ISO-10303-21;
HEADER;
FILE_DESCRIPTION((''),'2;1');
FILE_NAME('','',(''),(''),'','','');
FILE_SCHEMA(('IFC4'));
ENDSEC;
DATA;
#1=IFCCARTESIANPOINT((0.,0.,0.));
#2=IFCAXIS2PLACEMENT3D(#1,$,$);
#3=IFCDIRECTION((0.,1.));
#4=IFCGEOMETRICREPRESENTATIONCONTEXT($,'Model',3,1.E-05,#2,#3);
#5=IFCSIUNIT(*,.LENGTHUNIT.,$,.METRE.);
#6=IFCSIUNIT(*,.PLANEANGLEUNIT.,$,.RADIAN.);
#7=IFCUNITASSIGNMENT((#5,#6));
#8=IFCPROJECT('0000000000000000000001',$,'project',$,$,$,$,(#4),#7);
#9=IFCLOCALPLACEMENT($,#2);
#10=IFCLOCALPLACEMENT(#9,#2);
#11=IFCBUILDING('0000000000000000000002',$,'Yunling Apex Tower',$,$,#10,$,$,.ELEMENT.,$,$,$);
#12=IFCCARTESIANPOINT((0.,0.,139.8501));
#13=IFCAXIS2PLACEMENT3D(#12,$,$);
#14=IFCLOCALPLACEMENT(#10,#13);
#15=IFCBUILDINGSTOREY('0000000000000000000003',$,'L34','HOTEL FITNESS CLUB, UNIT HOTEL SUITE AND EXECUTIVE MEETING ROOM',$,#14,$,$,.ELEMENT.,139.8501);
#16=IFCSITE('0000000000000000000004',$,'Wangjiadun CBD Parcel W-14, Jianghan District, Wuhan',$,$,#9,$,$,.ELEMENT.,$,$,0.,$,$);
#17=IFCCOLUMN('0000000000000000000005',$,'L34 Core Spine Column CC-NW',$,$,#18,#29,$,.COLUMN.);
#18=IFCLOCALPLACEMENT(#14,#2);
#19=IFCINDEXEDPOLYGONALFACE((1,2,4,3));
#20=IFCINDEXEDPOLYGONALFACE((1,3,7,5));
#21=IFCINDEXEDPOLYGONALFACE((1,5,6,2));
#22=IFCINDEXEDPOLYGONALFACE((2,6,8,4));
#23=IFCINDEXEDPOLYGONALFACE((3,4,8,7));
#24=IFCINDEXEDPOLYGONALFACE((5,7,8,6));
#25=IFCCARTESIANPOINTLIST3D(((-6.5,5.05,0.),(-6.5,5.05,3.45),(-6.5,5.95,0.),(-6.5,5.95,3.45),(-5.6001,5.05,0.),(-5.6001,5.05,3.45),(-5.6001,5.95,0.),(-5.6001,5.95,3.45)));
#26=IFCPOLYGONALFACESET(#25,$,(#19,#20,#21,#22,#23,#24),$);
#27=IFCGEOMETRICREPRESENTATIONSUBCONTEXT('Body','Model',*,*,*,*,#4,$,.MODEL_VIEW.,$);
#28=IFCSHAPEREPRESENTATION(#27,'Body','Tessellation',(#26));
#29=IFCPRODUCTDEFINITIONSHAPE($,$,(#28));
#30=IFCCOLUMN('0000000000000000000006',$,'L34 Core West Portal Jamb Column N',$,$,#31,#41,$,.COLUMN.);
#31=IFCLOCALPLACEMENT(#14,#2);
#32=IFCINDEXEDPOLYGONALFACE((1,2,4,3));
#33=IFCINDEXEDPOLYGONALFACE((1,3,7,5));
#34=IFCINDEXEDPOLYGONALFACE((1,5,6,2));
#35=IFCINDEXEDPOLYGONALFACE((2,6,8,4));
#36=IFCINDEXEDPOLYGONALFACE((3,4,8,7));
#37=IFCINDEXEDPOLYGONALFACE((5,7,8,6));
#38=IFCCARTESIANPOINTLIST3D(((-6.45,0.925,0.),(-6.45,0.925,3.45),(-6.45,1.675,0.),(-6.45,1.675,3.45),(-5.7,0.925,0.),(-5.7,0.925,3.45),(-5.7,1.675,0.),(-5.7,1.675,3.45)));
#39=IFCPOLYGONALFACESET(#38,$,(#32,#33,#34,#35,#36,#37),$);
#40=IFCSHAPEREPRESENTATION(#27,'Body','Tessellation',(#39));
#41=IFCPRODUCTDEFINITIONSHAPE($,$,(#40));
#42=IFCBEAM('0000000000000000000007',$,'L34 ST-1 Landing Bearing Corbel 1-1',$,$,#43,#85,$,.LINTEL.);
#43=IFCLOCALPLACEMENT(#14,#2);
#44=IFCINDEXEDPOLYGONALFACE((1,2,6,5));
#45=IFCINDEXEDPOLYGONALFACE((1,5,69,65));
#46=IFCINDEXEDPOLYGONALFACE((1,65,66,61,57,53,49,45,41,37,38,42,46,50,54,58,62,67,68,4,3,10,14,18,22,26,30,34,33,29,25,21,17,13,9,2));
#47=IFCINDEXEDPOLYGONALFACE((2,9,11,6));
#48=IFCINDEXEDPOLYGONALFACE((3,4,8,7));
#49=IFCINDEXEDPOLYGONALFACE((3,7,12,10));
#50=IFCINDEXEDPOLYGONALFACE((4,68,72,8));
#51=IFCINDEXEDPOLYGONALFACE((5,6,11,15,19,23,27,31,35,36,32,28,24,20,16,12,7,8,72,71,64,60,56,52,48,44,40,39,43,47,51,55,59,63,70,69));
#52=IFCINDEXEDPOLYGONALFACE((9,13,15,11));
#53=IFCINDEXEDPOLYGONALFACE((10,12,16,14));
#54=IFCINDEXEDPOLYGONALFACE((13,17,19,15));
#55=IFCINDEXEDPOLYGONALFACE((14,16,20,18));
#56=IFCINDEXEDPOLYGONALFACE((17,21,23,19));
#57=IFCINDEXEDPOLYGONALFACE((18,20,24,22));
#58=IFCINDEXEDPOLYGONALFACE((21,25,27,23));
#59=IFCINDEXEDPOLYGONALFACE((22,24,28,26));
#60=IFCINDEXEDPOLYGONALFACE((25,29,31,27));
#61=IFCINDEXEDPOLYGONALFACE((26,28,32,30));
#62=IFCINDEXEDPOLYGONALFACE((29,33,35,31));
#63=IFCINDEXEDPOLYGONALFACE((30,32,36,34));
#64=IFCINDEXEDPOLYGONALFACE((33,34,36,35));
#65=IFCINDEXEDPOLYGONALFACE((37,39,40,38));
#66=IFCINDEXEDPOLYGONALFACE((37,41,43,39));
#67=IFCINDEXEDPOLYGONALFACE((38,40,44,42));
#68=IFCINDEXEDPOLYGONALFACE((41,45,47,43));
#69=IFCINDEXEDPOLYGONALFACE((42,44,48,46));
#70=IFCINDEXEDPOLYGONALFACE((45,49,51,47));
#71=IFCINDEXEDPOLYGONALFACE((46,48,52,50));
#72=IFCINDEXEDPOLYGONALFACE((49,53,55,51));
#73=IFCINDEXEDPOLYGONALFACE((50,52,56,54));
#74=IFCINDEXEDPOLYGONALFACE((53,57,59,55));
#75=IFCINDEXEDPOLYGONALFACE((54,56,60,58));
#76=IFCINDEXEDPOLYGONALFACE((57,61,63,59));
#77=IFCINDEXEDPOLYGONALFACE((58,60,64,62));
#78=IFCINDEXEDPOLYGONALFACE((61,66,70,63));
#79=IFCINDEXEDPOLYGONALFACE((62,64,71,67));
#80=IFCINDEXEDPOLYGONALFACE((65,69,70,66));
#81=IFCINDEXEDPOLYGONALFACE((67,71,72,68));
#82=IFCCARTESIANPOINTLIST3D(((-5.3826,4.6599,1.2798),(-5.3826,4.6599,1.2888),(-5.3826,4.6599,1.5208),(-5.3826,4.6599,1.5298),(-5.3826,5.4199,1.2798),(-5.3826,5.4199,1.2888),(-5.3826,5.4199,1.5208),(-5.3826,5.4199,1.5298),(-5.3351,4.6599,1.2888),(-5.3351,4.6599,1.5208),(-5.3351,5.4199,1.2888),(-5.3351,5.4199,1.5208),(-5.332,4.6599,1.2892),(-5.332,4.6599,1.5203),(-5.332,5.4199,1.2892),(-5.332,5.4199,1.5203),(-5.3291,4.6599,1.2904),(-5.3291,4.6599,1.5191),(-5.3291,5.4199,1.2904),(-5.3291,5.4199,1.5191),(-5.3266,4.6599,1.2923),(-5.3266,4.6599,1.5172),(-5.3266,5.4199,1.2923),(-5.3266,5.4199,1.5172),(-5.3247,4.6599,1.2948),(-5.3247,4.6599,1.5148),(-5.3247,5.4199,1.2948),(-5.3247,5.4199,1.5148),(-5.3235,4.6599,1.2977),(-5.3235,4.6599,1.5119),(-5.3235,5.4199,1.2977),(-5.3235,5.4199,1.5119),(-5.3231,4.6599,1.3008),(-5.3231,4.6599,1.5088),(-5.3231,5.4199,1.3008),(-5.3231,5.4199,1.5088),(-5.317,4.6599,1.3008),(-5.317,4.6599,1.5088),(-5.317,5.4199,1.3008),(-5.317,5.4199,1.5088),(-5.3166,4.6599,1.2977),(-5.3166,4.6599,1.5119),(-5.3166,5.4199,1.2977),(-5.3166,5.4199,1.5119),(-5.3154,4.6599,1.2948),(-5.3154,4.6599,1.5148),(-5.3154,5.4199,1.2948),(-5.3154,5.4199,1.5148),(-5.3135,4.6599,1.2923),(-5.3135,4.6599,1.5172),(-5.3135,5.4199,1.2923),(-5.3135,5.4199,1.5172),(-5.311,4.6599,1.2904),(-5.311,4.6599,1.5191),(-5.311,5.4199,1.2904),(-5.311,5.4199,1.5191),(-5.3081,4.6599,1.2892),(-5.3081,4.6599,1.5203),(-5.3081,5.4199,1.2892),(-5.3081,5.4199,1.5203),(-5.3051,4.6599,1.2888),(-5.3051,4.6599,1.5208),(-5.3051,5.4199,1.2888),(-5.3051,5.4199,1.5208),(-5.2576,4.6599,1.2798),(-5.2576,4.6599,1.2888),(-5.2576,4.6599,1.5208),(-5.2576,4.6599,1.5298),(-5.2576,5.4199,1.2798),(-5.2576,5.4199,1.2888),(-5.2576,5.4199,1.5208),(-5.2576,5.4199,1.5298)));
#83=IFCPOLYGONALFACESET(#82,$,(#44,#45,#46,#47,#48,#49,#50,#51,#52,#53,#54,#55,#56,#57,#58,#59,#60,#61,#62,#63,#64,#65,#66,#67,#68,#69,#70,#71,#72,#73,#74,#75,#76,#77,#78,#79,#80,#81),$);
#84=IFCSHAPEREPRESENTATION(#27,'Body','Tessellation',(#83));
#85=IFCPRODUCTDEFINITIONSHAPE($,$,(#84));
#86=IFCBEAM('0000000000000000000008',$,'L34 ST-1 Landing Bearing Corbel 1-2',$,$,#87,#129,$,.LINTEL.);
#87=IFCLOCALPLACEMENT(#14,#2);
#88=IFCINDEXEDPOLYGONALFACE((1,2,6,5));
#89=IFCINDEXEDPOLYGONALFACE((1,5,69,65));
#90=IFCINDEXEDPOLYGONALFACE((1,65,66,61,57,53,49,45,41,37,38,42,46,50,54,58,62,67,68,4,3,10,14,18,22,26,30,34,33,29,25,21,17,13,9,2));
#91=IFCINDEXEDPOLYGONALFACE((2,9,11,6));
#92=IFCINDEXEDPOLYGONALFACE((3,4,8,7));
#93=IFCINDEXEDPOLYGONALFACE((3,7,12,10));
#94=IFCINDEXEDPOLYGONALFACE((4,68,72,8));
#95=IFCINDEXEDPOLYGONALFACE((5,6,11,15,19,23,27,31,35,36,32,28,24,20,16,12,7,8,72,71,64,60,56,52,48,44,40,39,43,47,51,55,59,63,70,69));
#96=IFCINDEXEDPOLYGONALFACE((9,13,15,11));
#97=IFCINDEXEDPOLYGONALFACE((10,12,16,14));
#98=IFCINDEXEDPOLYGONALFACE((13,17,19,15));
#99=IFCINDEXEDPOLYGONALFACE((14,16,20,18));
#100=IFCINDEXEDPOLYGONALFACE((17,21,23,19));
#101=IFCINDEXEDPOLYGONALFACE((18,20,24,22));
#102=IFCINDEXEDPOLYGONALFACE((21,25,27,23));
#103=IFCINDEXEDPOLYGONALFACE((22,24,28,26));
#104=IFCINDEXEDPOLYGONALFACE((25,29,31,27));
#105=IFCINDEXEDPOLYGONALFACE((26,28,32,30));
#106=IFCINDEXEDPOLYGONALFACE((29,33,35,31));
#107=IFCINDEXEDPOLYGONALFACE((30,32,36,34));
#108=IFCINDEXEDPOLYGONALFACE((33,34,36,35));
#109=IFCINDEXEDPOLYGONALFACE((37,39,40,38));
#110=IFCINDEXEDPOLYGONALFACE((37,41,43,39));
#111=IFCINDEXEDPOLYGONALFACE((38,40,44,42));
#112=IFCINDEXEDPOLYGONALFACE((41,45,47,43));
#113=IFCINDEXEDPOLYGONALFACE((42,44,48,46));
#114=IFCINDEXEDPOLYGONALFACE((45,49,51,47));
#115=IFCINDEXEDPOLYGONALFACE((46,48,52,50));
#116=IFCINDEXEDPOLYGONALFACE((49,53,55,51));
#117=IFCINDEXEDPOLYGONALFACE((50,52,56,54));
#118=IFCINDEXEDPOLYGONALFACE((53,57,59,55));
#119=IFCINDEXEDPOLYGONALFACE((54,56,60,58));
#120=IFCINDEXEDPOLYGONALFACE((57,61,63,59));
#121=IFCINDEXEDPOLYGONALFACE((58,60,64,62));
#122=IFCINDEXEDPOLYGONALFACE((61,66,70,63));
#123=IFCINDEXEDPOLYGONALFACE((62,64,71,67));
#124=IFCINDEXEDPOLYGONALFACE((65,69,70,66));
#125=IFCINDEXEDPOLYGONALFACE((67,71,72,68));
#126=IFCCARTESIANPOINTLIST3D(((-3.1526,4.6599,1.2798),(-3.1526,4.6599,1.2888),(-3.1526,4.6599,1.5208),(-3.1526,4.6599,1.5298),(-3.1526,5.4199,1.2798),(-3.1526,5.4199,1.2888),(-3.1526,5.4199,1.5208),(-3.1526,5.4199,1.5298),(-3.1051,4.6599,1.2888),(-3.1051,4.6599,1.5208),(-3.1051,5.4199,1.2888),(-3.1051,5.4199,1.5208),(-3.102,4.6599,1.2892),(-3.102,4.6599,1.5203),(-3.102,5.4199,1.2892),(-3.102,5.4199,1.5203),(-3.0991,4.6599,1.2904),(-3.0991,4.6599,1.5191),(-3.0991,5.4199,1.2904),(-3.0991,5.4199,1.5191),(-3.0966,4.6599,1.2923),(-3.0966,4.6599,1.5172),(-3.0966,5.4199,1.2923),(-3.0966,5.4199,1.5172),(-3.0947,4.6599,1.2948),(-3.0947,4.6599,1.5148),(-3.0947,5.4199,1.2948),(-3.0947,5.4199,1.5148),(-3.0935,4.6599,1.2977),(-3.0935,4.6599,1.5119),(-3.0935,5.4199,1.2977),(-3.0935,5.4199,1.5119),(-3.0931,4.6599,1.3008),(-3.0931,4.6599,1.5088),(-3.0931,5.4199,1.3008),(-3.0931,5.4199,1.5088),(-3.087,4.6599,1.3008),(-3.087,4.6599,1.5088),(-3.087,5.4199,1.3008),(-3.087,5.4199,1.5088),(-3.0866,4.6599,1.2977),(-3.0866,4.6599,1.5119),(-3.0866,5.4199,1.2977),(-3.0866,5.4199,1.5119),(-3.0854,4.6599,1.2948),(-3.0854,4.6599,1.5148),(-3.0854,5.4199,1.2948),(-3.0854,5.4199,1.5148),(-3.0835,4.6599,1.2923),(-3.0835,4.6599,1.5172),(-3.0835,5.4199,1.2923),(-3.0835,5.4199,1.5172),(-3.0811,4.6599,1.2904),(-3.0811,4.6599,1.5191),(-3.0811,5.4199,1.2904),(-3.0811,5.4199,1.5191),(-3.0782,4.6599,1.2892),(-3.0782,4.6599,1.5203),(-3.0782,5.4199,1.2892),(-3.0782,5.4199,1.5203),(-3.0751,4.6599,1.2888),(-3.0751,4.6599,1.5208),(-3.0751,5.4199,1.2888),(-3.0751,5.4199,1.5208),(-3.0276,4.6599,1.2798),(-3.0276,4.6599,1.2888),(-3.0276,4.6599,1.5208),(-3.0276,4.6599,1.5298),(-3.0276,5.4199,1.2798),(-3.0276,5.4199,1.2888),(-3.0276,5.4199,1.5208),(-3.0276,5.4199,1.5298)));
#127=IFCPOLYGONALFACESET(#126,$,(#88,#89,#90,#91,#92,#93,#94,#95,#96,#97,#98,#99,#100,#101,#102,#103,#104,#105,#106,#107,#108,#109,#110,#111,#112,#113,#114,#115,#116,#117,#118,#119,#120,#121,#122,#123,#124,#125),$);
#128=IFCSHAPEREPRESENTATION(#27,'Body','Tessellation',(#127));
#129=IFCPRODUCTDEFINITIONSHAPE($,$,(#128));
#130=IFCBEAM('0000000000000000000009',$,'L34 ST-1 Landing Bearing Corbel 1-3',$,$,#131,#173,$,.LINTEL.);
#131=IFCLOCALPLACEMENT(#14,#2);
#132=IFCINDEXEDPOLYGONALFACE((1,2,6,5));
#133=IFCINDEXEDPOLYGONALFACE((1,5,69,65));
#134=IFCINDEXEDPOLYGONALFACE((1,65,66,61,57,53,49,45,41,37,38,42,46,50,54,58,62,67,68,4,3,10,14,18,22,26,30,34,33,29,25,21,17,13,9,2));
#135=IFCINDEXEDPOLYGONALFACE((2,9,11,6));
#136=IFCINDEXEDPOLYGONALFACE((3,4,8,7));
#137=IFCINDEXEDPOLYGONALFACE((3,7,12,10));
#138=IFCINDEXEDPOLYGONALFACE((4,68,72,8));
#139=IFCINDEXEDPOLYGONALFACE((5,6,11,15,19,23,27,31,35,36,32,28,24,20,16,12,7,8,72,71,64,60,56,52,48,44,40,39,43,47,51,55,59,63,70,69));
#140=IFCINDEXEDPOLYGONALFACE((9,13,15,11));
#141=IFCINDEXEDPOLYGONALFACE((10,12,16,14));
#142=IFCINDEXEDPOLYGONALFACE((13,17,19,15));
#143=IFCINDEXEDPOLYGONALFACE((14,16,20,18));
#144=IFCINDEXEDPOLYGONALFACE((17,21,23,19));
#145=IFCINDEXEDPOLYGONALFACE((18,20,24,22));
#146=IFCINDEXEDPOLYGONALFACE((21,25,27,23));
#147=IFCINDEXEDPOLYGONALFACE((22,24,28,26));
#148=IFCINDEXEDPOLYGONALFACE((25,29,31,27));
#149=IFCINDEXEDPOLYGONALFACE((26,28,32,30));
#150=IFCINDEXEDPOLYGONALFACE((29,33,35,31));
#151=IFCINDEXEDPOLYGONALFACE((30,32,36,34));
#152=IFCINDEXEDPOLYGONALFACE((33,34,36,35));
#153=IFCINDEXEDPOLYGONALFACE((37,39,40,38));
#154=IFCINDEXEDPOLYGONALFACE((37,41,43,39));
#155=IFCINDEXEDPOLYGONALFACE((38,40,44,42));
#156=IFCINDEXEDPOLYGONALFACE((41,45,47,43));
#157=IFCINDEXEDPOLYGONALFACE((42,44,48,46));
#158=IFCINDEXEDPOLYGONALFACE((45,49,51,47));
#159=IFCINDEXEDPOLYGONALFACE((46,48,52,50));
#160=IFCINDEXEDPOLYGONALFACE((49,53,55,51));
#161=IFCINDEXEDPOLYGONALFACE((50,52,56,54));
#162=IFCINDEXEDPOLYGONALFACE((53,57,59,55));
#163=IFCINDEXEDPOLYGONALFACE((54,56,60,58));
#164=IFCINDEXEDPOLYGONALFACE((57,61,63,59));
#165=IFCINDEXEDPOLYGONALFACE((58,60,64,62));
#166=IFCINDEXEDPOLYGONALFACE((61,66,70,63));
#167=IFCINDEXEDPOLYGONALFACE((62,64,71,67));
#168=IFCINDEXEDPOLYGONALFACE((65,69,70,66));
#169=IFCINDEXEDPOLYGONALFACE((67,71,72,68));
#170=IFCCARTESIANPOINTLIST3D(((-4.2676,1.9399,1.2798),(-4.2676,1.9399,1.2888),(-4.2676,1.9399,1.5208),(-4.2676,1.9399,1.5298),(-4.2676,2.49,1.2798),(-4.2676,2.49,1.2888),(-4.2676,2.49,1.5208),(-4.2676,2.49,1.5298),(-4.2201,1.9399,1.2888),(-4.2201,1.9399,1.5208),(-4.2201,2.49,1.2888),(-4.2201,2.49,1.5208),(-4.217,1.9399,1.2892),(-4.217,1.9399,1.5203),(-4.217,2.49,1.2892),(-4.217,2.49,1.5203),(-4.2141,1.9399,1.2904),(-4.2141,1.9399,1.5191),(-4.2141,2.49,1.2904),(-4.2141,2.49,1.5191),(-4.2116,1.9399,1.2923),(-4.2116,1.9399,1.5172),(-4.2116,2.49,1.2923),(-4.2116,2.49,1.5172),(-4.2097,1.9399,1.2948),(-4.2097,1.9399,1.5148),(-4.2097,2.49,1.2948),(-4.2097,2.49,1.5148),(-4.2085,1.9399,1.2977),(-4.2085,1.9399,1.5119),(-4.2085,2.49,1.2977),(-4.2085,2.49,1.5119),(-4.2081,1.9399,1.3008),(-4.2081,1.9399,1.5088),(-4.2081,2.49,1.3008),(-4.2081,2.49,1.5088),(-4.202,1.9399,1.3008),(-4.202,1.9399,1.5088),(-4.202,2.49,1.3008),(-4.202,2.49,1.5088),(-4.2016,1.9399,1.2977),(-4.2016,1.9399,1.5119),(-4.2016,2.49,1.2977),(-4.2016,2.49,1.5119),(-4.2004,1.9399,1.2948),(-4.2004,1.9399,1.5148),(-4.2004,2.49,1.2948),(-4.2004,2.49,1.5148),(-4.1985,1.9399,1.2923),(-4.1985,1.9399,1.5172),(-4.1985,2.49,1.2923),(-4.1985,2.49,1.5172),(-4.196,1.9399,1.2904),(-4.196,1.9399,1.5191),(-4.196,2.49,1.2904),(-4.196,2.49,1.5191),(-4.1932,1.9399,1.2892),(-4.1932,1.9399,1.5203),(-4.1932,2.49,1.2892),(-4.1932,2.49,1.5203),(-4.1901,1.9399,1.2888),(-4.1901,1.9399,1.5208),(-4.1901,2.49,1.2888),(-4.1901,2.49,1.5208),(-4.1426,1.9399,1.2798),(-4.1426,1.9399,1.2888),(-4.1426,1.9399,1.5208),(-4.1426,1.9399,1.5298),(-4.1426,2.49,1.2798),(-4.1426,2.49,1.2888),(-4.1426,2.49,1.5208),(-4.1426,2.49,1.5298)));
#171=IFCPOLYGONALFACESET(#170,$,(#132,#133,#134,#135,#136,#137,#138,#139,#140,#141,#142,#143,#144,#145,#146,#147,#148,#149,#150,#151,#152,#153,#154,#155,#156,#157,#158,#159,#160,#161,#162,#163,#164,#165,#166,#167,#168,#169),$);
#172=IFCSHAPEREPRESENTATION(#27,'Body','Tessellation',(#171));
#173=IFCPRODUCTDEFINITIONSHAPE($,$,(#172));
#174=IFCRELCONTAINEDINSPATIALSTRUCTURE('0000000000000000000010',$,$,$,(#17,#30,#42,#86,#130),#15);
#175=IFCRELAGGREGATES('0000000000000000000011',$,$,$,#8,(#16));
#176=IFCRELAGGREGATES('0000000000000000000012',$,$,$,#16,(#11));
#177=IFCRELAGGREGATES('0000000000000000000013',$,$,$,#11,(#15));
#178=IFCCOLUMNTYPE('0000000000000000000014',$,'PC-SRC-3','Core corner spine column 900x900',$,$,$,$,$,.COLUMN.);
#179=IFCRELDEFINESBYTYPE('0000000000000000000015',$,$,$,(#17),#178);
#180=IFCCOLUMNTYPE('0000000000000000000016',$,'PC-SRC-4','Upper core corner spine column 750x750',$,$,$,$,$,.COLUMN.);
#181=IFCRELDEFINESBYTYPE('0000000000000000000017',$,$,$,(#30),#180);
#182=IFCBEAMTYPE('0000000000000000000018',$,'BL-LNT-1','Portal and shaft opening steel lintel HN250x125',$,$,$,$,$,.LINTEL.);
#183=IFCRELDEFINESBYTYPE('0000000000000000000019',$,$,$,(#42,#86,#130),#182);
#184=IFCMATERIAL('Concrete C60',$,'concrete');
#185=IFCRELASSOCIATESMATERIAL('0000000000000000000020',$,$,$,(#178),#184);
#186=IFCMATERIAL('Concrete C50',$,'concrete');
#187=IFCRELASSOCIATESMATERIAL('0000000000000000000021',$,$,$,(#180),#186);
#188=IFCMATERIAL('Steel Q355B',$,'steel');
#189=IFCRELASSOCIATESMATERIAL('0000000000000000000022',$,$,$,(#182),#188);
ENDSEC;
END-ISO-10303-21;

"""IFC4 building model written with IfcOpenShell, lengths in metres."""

from ifc_helpers import new_model, si_unit, direction, frame, origin, origin_2d, place, context, subcontext, project, spatial, rectangle, i_section, extrude, source, transform, mapped, material, material_profile, profile_set, type_object, element, save


model = new_model("IFC4")

# Units and contexts
model_context = context("Model", 3, precision=1e-05, world=origin(), true_north=direction((0.0, 1.0)))
body_context = subcontext(model_context, "Body", "Model", "MODEL_VIEW")
ifc_project = project(units=[si_unit("LENGTHUNIT", "METRE"), si_unit("PLANEANGLEUNIT", "RADIAN")], contexts=[model_context])

# Site, building, storey
site_placement = place(None, origin())
site = spatial("IfcSite", under=ifc_project, at=site_placement, Name="Wangjiadun CBD Parcel W-14, Jianghan District, Wuhan", CompositionType="ELEMENT", RefElevation=0.0)
building_placement = place(site_placement, origin())
building = spatial("IfcBuilding", under=site, at=building_placement, Name="Yunling Apex Tower", CompositionType="ELEMENT")
storey_placement = place(building_placement, frame((0.0, 0.0, 139.8501)))
storey = spatial("IfcBuildingStorey", under=building, at=storey_placement, Name="L34", Description="HOTEL FITNESS CLUB, UNIT HOTEL SUITE AND EXECUTIVE MEETING ROOM", CompositionType="ELEMENT", Elevation=139.8501)

# Columns
ifc_material_1 = material(Name="Concrete C60", Category="concrete")
ifc_material_profile_1 = material_profile(ifc_material_1, rectangle(XDim=0.8999, YDim=0.8999, at=origin_2d()))
ifc_profile_set_1 = profile_set([ifc_material_profile_1], Name="Concrete C60")
column_type_1 = type_object("IfcColumnType", Name="PC-SRC-3", Description="Core corner spine column 900x900", PredefinedType="COLUMN", material=ifc_profile_set_1)
shared_shape_1 = source(origin(), body_context, "Body", "SweptSolid", [
    extrude(rectangle(XDim=0.8999, YDim=0.8999, at=origin_2d()), origin(), (0.0, 0.0, 1.0), 3.45),
])
column_1_placement = place(storey_placement, frame((-6.05, 5.5, 0.0), z_axis=(0.0, 0.0, 1.0), x_axis=(1.0, 0.0, 0.0)))
element("IfcColumn", 1, at=column_1_placement, inside=storey, type_object=column_type_1, Name="L34 Core Spine Column CC-NW", PredefinedType="COLUMN", context=body_context, shape_type="MappedRepresentation", body=[
    mapped(shared_shape_1, transform((0.0, 0.0, 0.0), scale=1.0)),
])
ifc_material_2 = material(Name="Concrete C50", Category="concrete")
ifc_material_profile_2 = material_profile(ifc_material_2, rectangle(XDim=0.75, YDim=0.75, at=origin_2d()))
ifc_profile_set_2 = profile_set([ifc_material_profile_2], Name="Concrete C50")
column_type_2 = type_object("IfcColumnType", Name="PC-SRC-4", Description="Upper core corner spine column 750x750", PredefinedType="COLUMN", material=ifc_profile_set_2)
shared_shape_2 = source(origin(), body_context, "Body", "SweptSolid", [
    extrude(rectangle(XDim=0.75, YDim=0.75, at=origin_2d()), origin(), (0.0, 0.0, 1.0), 3.45),
])
column_2_placement = place(storey_placement, frame((-6.075, 1.3, 0.0), z_axis=(0.0, 0.0, 1.0), x_axis=(1.0, 0.0, 0.0)))
element("IfcColumn", 2, at=column_2_placement, inside=storey, type_object=column_type_2, Name="L34 Core West Portal Jamb Column N", PredefinedType="COLUMN", context=body_context, shape_type="MappedRepresentation", body=[
    mapped(shared_shape_2, transform((0.0, 0.0, 0.0), scale=1.0)),
])

# Beams
ifc_material_3 = material(Name="Steel Q355B", Category="steel")
ifc_material_profile_3 = material_profile(ifc_material_3, i_section(OverallWidth=0.125, OverallDepth=0.25, WebThickness=0.0061, FlangeThickness=0.009, FilletRadius=0.012, at=origin_2d()))
ifc_profile_set_3 = profile_set([ifc_material_profile_3], Name="Steel Q355B")
beam_type_1 = type_object("IfcBeamType", Name="BL-LNT-1", Description="Portal and shaft opening steel lintel HN250x125", PredefinedType="LINTEL", material=ifc_profile_set_3)
shared_shape_3 = source(origin(), body_context, "Body", "SweptSolid", [
    extrude(i_section(OverallWidth=0.125, OverallDepth=0.25, WebThickness=0.0061, FlangeThickness=0.009, FilletRadius=0.012, at=origin_2d()), origin(), (0.0, 0.0, 1.0), 0.76),
])
for number, where, z_axis, x_axis, name in (
    (3, (-5.3201, 5.4199, 1.4048), (0.0, -1.0, 0.0), (1.0, 0.0, 0.0), "L34 ST-1 Landing Bearing Corbel 1-1"),
    (4, (-3.0901, 5.4199, 1.4048), (0.0, -1.0, 0.0), (1.0, 0.0, 0.0), "L34 ST-1 Landing Bearing Corbel 1-2"),
):
    element("IfcBeam", number, at=place(storey_placement, frame(where, z_axis=z_axis, x_axis=x_axis)), inside=storey, type_object=beam_type_1, Name=name, PredefinedType="LINTEL", context=body_context, shape_type="MappedRepresentation", body=[
        mapped(shared_shape_3, transform((0.0, 0.0, 0.0), scale=1.0)),
    ])
shared_shape_4 = source(origin(), body_context, "Body", "SweptSolid", [
    extrude(i_section(OverallWidth=0.125, OverallDepth=0.25, WebThickness=0.0061, FlangeThickness=0.009, FilletRadius=0.012, at=origin_2d()), origin(), (0.0, 0.0, 1.0), 0.55),
])
beam_1_placement = place(storey_placement, frame((-4.2051, 1.9399, 1.4048), z_axis=(0.0, 1.0, 0.0), x_axis=(-1.0, 0.0, 0.0)))
element("IfcBeam", 5, at=beam_1_placement, inside=storey, type_object=beam_type_1, Name="L34 ST-1 Landing Bearing Corbel 1-3", PredefinedType="LINTEL", context=body_context, shape_type="MappedRepresentation", body=[
    mapped(shared_shape_4, transform((0.0, 0.0, 0.0), scale=1.0)),
])

save(model, "model.ifc")
